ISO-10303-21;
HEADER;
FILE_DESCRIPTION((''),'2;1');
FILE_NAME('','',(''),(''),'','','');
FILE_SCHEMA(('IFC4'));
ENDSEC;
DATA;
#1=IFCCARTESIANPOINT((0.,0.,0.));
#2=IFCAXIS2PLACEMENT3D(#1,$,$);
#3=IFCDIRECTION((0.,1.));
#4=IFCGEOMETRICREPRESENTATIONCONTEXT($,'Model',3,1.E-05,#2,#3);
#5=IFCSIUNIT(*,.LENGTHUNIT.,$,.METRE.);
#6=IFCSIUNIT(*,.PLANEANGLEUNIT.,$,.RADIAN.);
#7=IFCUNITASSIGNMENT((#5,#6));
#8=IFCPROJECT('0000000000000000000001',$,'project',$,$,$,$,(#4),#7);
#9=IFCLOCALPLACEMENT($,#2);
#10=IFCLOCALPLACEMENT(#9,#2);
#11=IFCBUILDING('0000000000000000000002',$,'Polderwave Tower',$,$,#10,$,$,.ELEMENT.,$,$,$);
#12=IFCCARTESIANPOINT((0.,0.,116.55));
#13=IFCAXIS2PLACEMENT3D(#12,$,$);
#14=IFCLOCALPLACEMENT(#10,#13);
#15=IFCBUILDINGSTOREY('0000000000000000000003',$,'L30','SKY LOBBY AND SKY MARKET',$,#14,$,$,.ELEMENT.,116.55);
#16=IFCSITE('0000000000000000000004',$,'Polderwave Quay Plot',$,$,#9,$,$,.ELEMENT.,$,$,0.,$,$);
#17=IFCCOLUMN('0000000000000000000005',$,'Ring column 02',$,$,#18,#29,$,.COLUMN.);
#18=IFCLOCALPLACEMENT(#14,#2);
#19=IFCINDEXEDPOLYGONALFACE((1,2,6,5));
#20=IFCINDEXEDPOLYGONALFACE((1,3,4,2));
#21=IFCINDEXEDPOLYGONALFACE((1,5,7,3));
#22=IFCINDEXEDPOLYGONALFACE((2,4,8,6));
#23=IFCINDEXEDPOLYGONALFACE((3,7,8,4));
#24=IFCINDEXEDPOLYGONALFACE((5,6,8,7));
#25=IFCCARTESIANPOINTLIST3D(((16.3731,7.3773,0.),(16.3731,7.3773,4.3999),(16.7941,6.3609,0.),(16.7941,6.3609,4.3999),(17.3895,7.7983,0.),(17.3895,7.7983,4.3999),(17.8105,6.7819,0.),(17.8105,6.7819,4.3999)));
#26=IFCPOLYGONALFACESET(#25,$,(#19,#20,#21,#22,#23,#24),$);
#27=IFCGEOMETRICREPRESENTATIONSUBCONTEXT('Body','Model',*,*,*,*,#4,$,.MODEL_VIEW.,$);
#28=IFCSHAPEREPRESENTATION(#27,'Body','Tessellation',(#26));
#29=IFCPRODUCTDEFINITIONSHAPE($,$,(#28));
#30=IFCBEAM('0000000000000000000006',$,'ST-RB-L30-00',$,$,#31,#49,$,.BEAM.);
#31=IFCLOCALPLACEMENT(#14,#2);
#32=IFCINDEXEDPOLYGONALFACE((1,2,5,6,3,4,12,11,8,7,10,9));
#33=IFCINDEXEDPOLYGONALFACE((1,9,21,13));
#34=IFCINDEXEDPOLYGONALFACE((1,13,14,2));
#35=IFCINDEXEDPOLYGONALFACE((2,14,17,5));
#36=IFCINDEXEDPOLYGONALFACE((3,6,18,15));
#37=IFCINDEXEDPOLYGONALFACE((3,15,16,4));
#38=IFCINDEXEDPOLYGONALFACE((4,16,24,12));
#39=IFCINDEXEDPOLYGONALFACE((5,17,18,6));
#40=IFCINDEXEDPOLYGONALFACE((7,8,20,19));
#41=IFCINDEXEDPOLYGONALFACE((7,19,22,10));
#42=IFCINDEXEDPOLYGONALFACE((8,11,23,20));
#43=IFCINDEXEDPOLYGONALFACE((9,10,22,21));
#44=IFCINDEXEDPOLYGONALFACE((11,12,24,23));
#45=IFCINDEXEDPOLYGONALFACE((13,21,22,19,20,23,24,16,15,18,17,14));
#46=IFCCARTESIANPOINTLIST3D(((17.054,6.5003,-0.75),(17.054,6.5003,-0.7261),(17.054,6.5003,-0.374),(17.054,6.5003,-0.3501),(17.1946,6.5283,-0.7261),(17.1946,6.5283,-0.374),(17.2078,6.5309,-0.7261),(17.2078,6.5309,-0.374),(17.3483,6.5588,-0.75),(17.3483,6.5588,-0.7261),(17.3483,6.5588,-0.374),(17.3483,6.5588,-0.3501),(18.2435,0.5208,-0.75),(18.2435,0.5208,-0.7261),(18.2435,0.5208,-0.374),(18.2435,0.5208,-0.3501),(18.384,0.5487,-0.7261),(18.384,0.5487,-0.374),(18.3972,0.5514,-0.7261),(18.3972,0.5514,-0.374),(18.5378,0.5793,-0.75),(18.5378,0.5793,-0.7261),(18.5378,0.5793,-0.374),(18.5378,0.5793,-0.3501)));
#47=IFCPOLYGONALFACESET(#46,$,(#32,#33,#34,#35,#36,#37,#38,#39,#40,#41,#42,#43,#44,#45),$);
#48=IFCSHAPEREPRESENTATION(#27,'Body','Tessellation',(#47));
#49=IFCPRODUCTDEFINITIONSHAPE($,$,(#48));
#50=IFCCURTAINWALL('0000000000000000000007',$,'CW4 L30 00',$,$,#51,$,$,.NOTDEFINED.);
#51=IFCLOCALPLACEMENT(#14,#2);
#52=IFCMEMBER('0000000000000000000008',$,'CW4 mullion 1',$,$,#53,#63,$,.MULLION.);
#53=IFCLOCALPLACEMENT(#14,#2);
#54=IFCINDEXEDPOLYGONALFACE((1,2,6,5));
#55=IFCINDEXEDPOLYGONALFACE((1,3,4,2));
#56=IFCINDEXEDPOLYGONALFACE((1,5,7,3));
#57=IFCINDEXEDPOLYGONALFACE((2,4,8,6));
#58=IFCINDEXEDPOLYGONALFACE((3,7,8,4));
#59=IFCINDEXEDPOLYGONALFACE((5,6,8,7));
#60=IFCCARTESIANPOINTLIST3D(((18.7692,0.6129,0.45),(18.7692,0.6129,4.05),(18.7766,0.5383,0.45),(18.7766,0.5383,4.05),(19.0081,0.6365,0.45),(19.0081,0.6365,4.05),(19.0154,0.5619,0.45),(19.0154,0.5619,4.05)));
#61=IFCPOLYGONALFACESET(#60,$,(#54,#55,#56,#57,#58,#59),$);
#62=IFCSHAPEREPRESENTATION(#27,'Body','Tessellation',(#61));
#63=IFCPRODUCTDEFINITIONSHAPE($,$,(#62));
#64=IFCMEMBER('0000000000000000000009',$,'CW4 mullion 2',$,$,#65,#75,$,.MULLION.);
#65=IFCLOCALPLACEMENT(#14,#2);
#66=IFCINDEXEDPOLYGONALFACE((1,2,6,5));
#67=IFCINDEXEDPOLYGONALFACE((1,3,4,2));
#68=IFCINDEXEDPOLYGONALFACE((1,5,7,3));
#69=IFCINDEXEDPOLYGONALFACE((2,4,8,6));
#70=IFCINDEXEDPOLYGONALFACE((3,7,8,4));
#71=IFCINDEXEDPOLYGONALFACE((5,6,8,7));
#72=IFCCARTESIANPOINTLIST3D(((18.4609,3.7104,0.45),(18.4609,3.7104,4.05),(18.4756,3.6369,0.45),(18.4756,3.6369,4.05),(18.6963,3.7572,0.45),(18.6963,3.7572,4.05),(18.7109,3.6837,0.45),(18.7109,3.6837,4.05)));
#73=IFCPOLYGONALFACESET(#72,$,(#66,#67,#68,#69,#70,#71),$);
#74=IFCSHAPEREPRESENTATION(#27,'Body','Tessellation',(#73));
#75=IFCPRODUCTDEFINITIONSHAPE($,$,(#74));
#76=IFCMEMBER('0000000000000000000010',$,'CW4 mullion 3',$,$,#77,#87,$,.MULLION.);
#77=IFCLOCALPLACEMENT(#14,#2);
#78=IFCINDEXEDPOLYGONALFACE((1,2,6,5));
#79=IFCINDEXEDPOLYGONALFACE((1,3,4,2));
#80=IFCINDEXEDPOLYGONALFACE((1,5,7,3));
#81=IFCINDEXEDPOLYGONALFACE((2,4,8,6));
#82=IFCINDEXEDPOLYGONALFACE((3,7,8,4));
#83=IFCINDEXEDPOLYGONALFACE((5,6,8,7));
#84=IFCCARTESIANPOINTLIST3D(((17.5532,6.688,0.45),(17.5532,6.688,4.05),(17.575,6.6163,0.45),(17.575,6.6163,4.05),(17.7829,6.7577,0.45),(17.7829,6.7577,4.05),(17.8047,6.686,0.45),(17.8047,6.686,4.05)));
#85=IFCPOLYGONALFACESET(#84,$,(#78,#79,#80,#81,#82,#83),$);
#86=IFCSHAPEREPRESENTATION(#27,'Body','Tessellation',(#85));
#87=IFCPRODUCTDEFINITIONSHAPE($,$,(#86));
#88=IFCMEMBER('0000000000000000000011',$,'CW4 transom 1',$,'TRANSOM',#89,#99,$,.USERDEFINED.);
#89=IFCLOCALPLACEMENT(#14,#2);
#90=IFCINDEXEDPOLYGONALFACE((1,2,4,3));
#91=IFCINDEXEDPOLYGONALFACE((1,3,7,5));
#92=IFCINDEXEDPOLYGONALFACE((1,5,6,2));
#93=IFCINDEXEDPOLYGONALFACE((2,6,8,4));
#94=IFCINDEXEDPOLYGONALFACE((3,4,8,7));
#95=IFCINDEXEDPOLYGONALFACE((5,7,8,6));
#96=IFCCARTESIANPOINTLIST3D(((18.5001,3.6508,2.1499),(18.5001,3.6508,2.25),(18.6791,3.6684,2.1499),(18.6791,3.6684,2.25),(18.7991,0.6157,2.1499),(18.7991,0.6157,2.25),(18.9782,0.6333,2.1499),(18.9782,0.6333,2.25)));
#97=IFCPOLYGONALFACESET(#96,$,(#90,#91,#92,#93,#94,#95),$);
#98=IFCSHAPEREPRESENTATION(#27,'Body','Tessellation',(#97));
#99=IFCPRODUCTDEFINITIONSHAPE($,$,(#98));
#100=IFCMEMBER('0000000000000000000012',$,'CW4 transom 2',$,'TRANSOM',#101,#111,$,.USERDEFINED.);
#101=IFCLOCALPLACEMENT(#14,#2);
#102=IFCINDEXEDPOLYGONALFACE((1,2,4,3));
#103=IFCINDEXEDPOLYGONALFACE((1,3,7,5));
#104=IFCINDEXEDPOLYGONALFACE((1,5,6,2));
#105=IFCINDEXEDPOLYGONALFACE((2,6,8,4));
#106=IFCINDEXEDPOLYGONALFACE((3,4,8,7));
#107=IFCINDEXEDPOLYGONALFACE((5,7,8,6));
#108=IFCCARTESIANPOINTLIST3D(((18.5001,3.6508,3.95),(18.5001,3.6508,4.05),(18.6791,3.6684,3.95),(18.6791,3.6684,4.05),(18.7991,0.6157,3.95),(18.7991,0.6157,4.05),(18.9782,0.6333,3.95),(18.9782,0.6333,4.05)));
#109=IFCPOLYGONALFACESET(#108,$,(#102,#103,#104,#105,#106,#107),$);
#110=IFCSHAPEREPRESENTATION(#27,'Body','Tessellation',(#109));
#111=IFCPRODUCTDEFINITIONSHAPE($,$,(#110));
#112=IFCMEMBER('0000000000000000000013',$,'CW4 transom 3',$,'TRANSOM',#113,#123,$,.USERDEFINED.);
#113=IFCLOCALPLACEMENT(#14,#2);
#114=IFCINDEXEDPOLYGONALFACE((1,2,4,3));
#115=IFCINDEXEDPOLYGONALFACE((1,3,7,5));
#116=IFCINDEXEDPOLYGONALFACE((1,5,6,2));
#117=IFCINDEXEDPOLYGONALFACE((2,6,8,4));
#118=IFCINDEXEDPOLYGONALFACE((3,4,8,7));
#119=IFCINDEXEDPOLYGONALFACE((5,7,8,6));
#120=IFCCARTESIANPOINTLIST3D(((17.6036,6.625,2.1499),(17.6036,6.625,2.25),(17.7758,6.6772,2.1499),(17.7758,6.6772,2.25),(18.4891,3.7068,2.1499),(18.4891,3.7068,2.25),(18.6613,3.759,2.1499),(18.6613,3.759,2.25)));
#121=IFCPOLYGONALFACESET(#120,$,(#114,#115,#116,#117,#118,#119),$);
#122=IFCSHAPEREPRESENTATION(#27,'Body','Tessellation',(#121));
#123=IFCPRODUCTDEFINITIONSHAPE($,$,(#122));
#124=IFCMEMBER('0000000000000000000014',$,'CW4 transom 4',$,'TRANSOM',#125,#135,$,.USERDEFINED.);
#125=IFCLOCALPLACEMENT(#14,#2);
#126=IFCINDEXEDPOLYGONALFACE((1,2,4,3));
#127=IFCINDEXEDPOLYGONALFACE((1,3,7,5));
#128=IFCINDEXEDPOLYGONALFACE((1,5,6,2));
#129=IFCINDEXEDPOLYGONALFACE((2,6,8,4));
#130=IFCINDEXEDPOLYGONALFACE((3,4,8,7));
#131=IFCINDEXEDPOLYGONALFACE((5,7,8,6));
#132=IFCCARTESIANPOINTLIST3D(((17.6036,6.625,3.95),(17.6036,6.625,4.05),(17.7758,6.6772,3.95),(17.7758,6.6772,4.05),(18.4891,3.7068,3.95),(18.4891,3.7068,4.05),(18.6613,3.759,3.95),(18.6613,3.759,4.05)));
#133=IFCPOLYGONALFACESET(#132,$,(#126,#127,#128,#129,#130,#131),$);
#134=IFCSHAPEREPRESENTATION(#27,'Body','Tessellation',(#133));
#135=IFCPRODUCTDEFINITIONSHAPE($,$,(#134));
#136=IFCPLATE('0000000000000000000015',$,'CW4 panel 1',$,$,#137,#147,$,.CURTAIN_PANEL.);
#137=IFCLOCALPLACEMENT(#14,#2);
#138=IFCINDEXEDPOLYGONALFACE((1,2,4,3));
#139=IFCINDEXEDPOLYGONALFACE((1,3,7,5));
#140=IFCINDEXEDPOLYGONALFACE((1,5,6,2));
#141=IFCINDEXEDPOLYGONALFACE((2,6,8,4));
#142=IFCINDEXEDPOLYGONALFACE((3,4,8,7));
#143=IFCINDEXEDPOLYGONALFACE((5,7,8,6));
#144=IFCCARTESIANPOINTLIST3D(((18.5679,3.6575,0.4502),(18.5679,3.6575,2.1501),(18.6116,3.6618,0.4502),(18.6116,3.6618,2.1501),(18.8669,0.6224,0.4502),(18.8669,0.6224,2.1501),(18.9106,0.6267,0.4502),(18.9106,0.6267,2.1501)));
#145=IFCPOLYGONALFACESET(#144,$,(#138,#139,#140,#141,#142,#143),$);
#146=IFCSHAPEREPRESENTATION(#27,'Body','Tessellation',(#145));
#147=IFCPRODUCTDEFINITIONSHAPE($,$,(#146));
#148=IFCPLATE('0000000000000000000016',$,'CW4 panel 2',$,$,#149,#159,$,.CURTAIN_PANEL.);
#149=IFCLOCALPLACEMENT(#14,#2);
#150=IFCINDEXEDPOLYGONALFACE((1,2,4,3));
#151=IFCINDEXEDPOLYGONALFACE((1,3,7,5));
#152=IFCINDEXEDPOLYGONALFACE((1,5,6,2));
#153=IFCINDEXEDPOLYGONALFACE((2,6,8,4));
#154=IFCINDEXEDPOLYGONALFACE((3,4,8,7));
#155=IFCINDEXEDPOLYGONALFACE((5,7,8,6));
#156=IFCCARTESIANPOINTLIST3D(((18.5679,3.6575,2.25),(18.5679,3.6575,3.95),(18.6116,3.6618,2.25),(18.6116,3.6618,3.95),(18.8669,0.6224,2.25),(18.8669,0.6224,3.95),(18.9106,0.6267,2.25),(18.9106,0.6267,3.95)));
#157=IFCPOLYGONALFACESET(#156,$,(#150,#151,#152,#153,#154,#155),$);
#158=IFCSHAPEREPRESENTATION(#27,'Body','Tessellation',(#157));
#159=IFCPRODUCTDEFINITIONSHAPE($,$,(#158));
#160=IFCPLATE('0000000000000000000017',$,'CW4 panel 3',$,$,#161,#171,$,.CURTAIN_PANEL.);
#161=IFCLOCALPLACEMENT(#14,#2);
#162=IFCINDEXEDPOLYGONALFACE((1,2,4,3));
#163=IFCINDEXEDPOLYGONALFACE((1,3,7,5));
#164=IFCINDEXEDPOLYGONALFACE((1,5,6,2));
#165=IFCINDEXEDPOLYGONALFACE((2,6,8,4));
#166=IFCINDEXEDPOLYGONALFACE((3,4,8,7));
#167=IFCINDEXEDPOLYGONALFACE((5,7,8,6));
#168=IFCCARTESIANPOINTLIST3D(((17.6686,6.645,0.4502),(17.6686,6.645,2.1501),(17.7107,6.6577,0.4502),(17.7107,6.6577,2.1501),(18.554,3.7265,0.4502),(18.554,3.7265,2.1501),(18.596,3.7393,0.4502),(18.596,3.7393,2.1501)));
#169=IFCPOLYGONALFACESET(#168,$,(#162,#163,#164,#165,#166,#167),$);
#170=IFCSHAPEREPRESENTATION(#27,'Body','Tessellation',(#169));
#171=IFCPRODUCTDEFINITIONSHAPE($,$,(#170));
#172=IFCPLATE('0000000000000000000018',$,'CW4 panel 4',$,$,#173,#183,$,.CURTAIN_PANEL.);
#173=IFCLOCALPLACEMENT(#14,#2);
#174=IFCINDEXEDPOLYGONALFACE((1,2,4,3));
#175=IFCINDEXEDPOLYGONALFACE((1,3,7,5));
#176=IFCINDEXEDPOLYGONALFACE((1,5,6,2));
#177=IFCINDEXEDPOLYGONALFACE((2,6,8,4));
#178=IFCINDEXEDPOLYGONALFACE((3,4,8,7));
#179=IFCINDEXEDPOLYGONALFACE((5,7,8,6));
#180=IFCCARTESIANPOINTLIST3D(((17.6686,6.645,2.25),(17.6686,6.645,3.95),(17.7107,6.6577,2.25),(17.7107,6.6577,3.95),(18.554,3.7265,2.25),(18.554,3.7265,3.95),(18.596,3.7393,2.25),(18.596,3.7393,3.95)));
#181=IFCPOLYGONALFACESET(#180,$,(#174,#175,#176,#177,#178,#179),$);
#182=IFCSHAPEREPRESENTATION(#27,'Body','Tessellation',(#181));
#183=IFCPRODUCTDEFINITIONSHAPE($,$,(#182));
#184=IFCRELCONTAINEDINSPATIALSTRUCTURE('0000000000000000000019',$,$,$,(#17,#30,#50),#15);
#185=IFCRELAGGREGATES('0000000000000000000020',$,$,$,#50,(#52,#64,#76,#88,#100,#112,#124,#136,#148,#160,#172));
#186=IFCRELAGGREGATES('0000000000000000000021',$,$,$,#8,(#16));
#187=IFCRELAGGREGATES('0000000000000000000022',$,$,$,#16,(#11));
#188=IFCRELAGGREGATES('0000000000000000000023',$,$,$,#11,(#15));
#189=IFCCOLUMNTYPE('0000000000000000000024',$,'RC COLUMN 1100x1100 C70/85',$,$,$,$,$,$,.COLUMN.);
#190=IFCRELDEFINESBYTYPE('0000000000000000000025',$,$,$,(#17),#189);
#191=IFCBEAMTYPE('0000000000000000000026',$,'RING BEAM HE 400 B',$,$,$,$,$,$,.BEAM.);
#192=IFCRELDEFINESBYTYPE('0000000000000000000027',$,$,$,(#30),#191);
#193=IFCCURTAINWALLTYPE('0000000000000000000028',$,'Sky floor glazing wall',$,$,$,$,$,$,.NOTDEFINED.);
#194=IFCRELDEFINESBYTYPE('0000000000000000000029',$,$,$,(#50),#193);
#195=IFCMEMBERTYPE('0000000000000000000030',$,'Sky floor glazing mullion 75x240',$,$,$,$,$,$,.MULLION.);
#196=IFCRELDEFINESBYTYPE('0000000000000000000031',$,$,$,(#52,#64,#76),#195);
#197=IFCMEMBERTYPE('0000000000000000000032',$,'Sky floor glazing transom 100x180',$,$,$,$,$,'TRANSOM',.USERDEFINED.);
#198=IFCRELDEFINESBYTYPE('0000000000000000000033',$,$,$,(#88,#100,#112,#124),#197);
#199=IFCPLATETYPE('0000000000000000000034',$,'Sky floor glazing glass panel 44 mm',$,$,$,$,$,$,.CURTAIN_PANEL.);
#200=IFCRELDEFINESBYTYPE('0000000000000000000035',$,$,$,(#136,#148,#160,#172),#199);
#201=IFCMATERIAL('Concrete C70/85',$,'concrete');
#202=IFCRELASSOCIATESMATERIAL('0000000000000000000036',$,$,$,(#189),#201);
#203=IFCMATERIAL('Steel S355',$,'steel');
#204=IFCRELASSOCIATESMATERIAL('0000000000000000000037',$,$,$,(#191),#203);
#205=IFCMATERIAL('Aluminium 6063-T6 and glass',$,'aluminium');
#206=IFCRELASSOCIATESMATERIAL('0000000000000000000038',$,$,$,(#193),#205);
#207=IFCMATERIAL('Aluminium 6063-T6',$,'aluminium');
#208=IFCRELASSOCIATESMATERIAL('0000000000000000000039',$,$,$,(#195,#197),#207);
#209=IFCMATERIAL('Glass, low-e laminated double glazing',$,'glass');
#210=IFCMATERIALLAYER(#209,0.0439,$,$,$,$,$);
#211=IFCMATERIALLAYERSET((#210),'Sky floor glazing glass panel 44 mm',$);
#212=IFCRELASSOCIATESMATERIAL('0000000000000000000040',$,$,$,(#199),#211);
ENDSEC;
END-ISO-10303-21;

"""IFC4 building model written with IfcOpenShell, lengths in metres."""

from ifc_helpers import new_model, si_unit, direction, frame, origin, origin_2d, place, context, subcontext, project, spatial, rectangle, i_section, extrude, material, layer, layer_set, material_profile, profile_set, type_object, element, aggregate, save


model = new_model("IFC4")

# Units and contexts
model_context = context("Model", 3, precision=1e-05, world=origin(), true_north=direction((0.0, 1.0)))
body_context = subcontext(model_context, "Body", "Model", "MODEL_VIEW")
ifc_project = project(units=[si_unit("LENGTHUNIT", "METRE"), si_unit("PLANEANGLEUNIT", "RADIAN")], contexts=[model_context])

# Site, building, storey
site_placement = place(None, origin())
site = spatial("IfcSite", under=ifc_project, at=site_placement, Name="Polderwave Quay Plot", CompositionType="ELEMENT", RefElevation=0.0)
building_placement = place(site_placement, origin())
building = spatial("IfcBuilding", under=site, at=building_placement, Name="Polderwave Tower", CompositionType="ELEMENT")
storey_placement = place(building_placement, frame((0.0, 0.0, 116.55)))
storey = spatial("IfcBuildingStorey", under=building, at=storey_placement, Name="L30", Description="SKY LOBBY AND SKY MARKET", CompositionType="ELEMENT", Elevation=116.55)

# Column
ifc_material_1 = material(Name="Concrete C70/85", Category="concrete")
ifc_material_profile_1 = material_profile(ifc_material_1, rectangle(XDim=1.1001, YDim=1.1001, at=origin_2d()), Name="RC 1100x1100")
ifc_profile_set_1 = profile_set([ifc_material_profile_1], Name="Concrete C70/85")
column_type = type_object("IfcColumnType", Name="RC COLUMN 1100x1100 C70/85", PredefinedType="COLUMN", material=ifc_profile_set_1)
column_placement = place(storey_placement, frame((17.0918, 7.0796, 0.0), z_axis=(0.0, 0.0, 1.0), x_axis=(0.92388, 0.382683, 0.0)))
element("IfcColumn", 1, at=column_placement, inside=storey, type_object=column_type, Name="Ring column 02", PredefinedType="COLUMN", context=body_context, shape_type="SweptSolid", body=[
    extrude(rectangle(XDim=1.1001, YDim=1.1001, at=origin_2d()), origin(), (0.0, 0.0, 1.0), 4.3999),
])

# Beam
ifc_material_2 = material(Name="Steel S355", Category="steel")
ifc_material_profile_2 = material_profile(ifc_material_2, i_section(OverallWidth=0.3, OverallDepth=0.3999, WebThickness=0.0134, FlangeThickness=0.0239, at=origin_2d()), Name="HE 400 B")
ifc_profile_set_2 = profile_set([ifc_material_profile_2], Name="Steel S355")
beam_type = type_object("IfcBeamType", Name="RING BEAM HE 400 B", PredefinedType="BEAM", material=ifc_profile_set_2)
beam_placement = place(storey_placement, frame((18.3906, 0.55, -0.55), z_axis=(-0.1951, 0.980783, 0.0), x_axis=(-0.980783, -0.1951, 0.0)))
element("IfcBeam", 2, at=beam_placement, inside=storey, type_object=beam_type, Name="ST-RB-L30-00", PredefinedType="BEAM", context=body_context, shape_type="SweptSolid", body=[
    extrude(i_section(OverallWidth=0.3, OverallDepth=0.3999, WebThickness=0.0134, FlangeThickness=0.0239, at=origin_2d()), origin(), (0.0, 0.0, 1.0), 6.0967),
])

# Curtain wall, members, plates
ifc_material_3 = material(Name="Aluminium 6063-T6 and glass", Category="aluminium")
curtain_wall_type = type_object("IfcCurtainWallType", Name="Sky floor glazing wall", PredefinedType="NOTDEFINED", material=ifc_material_3)
curtain_wall_placement = place(storey_placement, origin())
curtain_wall = element("IfcCurtainWall", 3, at=curtain_wall_placement, inside=storey, type_object=curtain_wall_type, Name="CW4 L30 00", PredefinedType="NOTDEFINED")
ifc_material_4 = material(Name="Aluminium 6063-T6", Category="aluminium")
ifc_material_profile_3 = material_profile(ifc_material_4, rectangle(XDim=0.24, YDim=0.075, at=origin_2d()), Name="AL 75x240")
ifc_profile_set_3 = profile_set([ifc_material_profile_3], Name="Aluminium 6063-T6")
member_type_1 = type_object("IfcMemberType", Name="Sky floor glazing mullion 75x240", PredefinedType="MULLION", material=ifc_profile_set_3)
member_1_placement = place(storey_placement, frame((18.8923, 0.5874, 0.45), z_axis=(0.0, 0.0, 1.0), x_axis=(-0.995183, -0.098033, 0.0)))
member_1 = element("IfcMember", 4, at=member_1_placement, type_object=member_type_1, Name="CW4 mullion 1", PredefinedType="MULLION", context=body_context, shape_type="SweptSolid", body=[
    extrude(rectangle(XDim=0.24, YDim=0.075, at=origin_2d()), origin(), (0.0, 0.0, 1.0), 3.6001),
])
member_2_placement = place(storey_placement, frame((18.5859, 3.697, 0.45), z_axis=(0.0, 0.0, 1.0), x_axis=(-0.980782, -0.195109, 0.0)))
member_2 = element("IfcMember", 5, at=member_2_placement, type_object=member_type_1, Name="CW4 mullion 2", PredefinedType="MULLION", context=body_context, shape_type="SweptSolid", body=[
    extrude(rectangle(XDim=0.24, YDim=0.075, at=origin_2d()), origin(), (0.0, 0.0, 1.0), 3.6001),
])
member_3_placement = place(storey_placement, frame((17.679, 6.687, 0.45), z_axis=(0.0, 0.0, 1.0), x_axis=(-0.956934, -0.290306, 0.0)))
member_3 = element("IfcMember", 6, at=member_3_placement, type_object=member_type_1, Name="CW4 mullion 3", PredefinedType="MULLION", context=body_context, shape_type="SweptSolid", body=[
    extrude(rectangle(XDim=0.24, YDim=0.075, at=origin_2d()), origin(), (0.0, 0.0, 1.0), 3.6001),
])
ifc_material_profile_4 = material_profile(ifc_material_4, rectangle(XDim=0.1799, YDim=0.1001, at=origin_2d()), Name="AL 100x180")
ifc_profile_set_4 = profile_set([ifc_material_profile_4], Name="Aluminium 6063-T6")
member_type_2 = type_object("IfcMemberType", Name="Sky floor glazing transom 100x180", ElementType="TRANSOM", PredefinedType="USERDEFINED", material=ifc_profile_set_4)
member_4_placement = place(storey_placement, frame((18.8887, 0.6245, 2.2), z_axis=(-0.098061, 0.99518, 0.0), x_axis=(-0.99518, -0.098061, 0.0)))
member_4 = element("IfcMember", 7, at=member_4_placement, type_object=member_type_2, Name="CW4 transom 1", ObjectType="TRANSOM", PredefinedType="USERDEFINED", context=body_context, shape_type="SweptSolid", body=[
    extrude(rectangle(XDim=0.1799, YDim=0.1001, at=origin_2d()), origin(), (0.0, 0.0, 1.0), 3.0498),
])
member_5_placement = place(storey_placement, frame((18.8887, 0.6245, 4.0), z_axis=(-0.098061, 0.99518, 0.0), x_axis=(-0.99518, -0.098061, 0.0)))
member_5 = element("IfcMember", 8, at=member_5_placement, type_object=member_type_2, Name="CW4 transom 2", ObjectType="TRANSOM", PredefinedType="USERDEFINED", context=body_context, shape_type="SweptSolid", body=[
    extrude(rectangle(XDim=0.1799, YDim=0.1001, at=origin_2d()), origin(), (0.0, 0.0, 1.0), 3.0498),
])
member_6_placement = place(storey_placement, frame((18.5752, 3.7329, 2.2), z_axis=(-0.290365, 0.956916, 0.0), x_axis=(-0.956916, -0.290365, 0.0)))
member_6 = element("IfcMember", 9, at=member_6_placement, type_object=member_type_2, Name="CW4 transom 3", ObjectType="TRANSOM", PredefinedType="USERDEFINED", context=body_context, shape_type="SweptSolid", body=[
    extrude(rectangle(XDim=0.1799, YDim=0.1001, at=origin_2d()), origin(), (0.0, 0.0, 1.0), 3.0496),
])
member_7_placement = place(storey_placement, frame((18.5752, 3.7329, 4.0), z_axis=(-0.290365, 0.956916, 0.0), x_axis=(-0.956916, -0.290365, 0.0)))
member_7 = element("IfcMember", 10, at=member_7_placement, type_object=member_type_2, Name="CW4 transom 4", ObjectType="TRANSOM", PredefinedType="USERDEFINED", context=body_context, shape_type="SweptSolid", body=[
    extrude(rectangle(XDim=0.1799, YDim=0.1001, at=origin_2d()), origin(), (0.0, 0.0, 1.0), 3.0496),
])
ifc_material_5 = material(Name="Glass, low-e laminated double glazing", Category="glass")
ifc_layer_1 = layer(ifc_material_5, 0.0439)
ifc_layer_set_1 = layer_set([ifc_layer_1], Name="Sky floor glazing glass panel 44 mm")
plate_type = type_object("IfcPlateType", Name="Sky floor glazing glass panel 44 mm", PredefinedType="CURTAIN_PANEL", material=ifc_layer_set_1)
plate_1_placement = place(storey_placement, frame((18.7393, 2.1421, 0.4502), z_axis=(0.0, 0.0, 1.0), x_axis=(-0.098033, 0.995183, 0.0)))
plate_1 = element("IfcPlate", 11, at=plate_1_placement, type_object=plate_type, Name="CW4 panel 1", PredefinedType="CURTAIN_PANEL", context=body_context, shape_type="SweptSolid", body=[
    extrude(rectangle(XDim=3.0498, YDim=0.0439, at=origin_2d()), origin(), (0.0, 0.0, 1.0), 1.7),
])
plate_2_placement = place(storey_placement, frame((18.7393, 2.1421, 2.25), z_axis=(0.0, 0.0, 1.0), x_axis=(-0.098033, 0.995183, 0.0)))
plate_2 = element("IfcPlate", 12, at=plate_2_placement, type_object=plate_type, Name="CW4 panel 2", PredefinedType="CURTAIN_PANEL", context=body_context, shape_type="SweptSolid", body=[
    extrude(rectangle(XDim=3.0498, YDim=0.0439, at=origin_2d()), origin(), (0.0, 0.0, 1.0), 1.7),
])
plate_3_placement = place(storey_placement, frame((18.1323, 5.1921, 0.4502), z_axis=(0.0, 0.0, 1.0), x_axis=(-0.290306, 0.956934, 0.0)))
plate_3 = element("IfcPlate", 13, at=plate_3_placement, type_object=plate_type, Name="CW4 panel 3", PredefinedType="CURTAIN_PANEL", context=body_context, shape_type="SweptSolid", body=[
    extrude(rectangle(XDim=3.0498, YDim=0.0439, at=origin_2d()), origin(), (0.0, 0.0, 1.0), 1.7),
])
plate_4_placement = place(storey_placement, frame((18.1323, 5.1921, 2.25), z_axis=(0.0, 0.0, 1.0), x_axis=(-0.290306, 0.956934, 0.0)))
plate_4 = element("IfcPlate", 14, at=plate_4_placement, type_object=plate_type, Name="CW4 panel 4", PredefinedType="CURTAIN_PANEL", context=body_context, shape_type="SweptSolid", body=[
    extrude(rectangle(XDim=3.0498, YDim=0.0439, at=origin_2d()), origin(), (0.0, 0.0, 1.0), 1.7),
])
aggregate(curtain_wall, [member_1, member_2, member_3, member_4, member_5, member_6, member_7, plate_1, plate_2, plate_3, plate_4])

save(model, "model.ifc")
